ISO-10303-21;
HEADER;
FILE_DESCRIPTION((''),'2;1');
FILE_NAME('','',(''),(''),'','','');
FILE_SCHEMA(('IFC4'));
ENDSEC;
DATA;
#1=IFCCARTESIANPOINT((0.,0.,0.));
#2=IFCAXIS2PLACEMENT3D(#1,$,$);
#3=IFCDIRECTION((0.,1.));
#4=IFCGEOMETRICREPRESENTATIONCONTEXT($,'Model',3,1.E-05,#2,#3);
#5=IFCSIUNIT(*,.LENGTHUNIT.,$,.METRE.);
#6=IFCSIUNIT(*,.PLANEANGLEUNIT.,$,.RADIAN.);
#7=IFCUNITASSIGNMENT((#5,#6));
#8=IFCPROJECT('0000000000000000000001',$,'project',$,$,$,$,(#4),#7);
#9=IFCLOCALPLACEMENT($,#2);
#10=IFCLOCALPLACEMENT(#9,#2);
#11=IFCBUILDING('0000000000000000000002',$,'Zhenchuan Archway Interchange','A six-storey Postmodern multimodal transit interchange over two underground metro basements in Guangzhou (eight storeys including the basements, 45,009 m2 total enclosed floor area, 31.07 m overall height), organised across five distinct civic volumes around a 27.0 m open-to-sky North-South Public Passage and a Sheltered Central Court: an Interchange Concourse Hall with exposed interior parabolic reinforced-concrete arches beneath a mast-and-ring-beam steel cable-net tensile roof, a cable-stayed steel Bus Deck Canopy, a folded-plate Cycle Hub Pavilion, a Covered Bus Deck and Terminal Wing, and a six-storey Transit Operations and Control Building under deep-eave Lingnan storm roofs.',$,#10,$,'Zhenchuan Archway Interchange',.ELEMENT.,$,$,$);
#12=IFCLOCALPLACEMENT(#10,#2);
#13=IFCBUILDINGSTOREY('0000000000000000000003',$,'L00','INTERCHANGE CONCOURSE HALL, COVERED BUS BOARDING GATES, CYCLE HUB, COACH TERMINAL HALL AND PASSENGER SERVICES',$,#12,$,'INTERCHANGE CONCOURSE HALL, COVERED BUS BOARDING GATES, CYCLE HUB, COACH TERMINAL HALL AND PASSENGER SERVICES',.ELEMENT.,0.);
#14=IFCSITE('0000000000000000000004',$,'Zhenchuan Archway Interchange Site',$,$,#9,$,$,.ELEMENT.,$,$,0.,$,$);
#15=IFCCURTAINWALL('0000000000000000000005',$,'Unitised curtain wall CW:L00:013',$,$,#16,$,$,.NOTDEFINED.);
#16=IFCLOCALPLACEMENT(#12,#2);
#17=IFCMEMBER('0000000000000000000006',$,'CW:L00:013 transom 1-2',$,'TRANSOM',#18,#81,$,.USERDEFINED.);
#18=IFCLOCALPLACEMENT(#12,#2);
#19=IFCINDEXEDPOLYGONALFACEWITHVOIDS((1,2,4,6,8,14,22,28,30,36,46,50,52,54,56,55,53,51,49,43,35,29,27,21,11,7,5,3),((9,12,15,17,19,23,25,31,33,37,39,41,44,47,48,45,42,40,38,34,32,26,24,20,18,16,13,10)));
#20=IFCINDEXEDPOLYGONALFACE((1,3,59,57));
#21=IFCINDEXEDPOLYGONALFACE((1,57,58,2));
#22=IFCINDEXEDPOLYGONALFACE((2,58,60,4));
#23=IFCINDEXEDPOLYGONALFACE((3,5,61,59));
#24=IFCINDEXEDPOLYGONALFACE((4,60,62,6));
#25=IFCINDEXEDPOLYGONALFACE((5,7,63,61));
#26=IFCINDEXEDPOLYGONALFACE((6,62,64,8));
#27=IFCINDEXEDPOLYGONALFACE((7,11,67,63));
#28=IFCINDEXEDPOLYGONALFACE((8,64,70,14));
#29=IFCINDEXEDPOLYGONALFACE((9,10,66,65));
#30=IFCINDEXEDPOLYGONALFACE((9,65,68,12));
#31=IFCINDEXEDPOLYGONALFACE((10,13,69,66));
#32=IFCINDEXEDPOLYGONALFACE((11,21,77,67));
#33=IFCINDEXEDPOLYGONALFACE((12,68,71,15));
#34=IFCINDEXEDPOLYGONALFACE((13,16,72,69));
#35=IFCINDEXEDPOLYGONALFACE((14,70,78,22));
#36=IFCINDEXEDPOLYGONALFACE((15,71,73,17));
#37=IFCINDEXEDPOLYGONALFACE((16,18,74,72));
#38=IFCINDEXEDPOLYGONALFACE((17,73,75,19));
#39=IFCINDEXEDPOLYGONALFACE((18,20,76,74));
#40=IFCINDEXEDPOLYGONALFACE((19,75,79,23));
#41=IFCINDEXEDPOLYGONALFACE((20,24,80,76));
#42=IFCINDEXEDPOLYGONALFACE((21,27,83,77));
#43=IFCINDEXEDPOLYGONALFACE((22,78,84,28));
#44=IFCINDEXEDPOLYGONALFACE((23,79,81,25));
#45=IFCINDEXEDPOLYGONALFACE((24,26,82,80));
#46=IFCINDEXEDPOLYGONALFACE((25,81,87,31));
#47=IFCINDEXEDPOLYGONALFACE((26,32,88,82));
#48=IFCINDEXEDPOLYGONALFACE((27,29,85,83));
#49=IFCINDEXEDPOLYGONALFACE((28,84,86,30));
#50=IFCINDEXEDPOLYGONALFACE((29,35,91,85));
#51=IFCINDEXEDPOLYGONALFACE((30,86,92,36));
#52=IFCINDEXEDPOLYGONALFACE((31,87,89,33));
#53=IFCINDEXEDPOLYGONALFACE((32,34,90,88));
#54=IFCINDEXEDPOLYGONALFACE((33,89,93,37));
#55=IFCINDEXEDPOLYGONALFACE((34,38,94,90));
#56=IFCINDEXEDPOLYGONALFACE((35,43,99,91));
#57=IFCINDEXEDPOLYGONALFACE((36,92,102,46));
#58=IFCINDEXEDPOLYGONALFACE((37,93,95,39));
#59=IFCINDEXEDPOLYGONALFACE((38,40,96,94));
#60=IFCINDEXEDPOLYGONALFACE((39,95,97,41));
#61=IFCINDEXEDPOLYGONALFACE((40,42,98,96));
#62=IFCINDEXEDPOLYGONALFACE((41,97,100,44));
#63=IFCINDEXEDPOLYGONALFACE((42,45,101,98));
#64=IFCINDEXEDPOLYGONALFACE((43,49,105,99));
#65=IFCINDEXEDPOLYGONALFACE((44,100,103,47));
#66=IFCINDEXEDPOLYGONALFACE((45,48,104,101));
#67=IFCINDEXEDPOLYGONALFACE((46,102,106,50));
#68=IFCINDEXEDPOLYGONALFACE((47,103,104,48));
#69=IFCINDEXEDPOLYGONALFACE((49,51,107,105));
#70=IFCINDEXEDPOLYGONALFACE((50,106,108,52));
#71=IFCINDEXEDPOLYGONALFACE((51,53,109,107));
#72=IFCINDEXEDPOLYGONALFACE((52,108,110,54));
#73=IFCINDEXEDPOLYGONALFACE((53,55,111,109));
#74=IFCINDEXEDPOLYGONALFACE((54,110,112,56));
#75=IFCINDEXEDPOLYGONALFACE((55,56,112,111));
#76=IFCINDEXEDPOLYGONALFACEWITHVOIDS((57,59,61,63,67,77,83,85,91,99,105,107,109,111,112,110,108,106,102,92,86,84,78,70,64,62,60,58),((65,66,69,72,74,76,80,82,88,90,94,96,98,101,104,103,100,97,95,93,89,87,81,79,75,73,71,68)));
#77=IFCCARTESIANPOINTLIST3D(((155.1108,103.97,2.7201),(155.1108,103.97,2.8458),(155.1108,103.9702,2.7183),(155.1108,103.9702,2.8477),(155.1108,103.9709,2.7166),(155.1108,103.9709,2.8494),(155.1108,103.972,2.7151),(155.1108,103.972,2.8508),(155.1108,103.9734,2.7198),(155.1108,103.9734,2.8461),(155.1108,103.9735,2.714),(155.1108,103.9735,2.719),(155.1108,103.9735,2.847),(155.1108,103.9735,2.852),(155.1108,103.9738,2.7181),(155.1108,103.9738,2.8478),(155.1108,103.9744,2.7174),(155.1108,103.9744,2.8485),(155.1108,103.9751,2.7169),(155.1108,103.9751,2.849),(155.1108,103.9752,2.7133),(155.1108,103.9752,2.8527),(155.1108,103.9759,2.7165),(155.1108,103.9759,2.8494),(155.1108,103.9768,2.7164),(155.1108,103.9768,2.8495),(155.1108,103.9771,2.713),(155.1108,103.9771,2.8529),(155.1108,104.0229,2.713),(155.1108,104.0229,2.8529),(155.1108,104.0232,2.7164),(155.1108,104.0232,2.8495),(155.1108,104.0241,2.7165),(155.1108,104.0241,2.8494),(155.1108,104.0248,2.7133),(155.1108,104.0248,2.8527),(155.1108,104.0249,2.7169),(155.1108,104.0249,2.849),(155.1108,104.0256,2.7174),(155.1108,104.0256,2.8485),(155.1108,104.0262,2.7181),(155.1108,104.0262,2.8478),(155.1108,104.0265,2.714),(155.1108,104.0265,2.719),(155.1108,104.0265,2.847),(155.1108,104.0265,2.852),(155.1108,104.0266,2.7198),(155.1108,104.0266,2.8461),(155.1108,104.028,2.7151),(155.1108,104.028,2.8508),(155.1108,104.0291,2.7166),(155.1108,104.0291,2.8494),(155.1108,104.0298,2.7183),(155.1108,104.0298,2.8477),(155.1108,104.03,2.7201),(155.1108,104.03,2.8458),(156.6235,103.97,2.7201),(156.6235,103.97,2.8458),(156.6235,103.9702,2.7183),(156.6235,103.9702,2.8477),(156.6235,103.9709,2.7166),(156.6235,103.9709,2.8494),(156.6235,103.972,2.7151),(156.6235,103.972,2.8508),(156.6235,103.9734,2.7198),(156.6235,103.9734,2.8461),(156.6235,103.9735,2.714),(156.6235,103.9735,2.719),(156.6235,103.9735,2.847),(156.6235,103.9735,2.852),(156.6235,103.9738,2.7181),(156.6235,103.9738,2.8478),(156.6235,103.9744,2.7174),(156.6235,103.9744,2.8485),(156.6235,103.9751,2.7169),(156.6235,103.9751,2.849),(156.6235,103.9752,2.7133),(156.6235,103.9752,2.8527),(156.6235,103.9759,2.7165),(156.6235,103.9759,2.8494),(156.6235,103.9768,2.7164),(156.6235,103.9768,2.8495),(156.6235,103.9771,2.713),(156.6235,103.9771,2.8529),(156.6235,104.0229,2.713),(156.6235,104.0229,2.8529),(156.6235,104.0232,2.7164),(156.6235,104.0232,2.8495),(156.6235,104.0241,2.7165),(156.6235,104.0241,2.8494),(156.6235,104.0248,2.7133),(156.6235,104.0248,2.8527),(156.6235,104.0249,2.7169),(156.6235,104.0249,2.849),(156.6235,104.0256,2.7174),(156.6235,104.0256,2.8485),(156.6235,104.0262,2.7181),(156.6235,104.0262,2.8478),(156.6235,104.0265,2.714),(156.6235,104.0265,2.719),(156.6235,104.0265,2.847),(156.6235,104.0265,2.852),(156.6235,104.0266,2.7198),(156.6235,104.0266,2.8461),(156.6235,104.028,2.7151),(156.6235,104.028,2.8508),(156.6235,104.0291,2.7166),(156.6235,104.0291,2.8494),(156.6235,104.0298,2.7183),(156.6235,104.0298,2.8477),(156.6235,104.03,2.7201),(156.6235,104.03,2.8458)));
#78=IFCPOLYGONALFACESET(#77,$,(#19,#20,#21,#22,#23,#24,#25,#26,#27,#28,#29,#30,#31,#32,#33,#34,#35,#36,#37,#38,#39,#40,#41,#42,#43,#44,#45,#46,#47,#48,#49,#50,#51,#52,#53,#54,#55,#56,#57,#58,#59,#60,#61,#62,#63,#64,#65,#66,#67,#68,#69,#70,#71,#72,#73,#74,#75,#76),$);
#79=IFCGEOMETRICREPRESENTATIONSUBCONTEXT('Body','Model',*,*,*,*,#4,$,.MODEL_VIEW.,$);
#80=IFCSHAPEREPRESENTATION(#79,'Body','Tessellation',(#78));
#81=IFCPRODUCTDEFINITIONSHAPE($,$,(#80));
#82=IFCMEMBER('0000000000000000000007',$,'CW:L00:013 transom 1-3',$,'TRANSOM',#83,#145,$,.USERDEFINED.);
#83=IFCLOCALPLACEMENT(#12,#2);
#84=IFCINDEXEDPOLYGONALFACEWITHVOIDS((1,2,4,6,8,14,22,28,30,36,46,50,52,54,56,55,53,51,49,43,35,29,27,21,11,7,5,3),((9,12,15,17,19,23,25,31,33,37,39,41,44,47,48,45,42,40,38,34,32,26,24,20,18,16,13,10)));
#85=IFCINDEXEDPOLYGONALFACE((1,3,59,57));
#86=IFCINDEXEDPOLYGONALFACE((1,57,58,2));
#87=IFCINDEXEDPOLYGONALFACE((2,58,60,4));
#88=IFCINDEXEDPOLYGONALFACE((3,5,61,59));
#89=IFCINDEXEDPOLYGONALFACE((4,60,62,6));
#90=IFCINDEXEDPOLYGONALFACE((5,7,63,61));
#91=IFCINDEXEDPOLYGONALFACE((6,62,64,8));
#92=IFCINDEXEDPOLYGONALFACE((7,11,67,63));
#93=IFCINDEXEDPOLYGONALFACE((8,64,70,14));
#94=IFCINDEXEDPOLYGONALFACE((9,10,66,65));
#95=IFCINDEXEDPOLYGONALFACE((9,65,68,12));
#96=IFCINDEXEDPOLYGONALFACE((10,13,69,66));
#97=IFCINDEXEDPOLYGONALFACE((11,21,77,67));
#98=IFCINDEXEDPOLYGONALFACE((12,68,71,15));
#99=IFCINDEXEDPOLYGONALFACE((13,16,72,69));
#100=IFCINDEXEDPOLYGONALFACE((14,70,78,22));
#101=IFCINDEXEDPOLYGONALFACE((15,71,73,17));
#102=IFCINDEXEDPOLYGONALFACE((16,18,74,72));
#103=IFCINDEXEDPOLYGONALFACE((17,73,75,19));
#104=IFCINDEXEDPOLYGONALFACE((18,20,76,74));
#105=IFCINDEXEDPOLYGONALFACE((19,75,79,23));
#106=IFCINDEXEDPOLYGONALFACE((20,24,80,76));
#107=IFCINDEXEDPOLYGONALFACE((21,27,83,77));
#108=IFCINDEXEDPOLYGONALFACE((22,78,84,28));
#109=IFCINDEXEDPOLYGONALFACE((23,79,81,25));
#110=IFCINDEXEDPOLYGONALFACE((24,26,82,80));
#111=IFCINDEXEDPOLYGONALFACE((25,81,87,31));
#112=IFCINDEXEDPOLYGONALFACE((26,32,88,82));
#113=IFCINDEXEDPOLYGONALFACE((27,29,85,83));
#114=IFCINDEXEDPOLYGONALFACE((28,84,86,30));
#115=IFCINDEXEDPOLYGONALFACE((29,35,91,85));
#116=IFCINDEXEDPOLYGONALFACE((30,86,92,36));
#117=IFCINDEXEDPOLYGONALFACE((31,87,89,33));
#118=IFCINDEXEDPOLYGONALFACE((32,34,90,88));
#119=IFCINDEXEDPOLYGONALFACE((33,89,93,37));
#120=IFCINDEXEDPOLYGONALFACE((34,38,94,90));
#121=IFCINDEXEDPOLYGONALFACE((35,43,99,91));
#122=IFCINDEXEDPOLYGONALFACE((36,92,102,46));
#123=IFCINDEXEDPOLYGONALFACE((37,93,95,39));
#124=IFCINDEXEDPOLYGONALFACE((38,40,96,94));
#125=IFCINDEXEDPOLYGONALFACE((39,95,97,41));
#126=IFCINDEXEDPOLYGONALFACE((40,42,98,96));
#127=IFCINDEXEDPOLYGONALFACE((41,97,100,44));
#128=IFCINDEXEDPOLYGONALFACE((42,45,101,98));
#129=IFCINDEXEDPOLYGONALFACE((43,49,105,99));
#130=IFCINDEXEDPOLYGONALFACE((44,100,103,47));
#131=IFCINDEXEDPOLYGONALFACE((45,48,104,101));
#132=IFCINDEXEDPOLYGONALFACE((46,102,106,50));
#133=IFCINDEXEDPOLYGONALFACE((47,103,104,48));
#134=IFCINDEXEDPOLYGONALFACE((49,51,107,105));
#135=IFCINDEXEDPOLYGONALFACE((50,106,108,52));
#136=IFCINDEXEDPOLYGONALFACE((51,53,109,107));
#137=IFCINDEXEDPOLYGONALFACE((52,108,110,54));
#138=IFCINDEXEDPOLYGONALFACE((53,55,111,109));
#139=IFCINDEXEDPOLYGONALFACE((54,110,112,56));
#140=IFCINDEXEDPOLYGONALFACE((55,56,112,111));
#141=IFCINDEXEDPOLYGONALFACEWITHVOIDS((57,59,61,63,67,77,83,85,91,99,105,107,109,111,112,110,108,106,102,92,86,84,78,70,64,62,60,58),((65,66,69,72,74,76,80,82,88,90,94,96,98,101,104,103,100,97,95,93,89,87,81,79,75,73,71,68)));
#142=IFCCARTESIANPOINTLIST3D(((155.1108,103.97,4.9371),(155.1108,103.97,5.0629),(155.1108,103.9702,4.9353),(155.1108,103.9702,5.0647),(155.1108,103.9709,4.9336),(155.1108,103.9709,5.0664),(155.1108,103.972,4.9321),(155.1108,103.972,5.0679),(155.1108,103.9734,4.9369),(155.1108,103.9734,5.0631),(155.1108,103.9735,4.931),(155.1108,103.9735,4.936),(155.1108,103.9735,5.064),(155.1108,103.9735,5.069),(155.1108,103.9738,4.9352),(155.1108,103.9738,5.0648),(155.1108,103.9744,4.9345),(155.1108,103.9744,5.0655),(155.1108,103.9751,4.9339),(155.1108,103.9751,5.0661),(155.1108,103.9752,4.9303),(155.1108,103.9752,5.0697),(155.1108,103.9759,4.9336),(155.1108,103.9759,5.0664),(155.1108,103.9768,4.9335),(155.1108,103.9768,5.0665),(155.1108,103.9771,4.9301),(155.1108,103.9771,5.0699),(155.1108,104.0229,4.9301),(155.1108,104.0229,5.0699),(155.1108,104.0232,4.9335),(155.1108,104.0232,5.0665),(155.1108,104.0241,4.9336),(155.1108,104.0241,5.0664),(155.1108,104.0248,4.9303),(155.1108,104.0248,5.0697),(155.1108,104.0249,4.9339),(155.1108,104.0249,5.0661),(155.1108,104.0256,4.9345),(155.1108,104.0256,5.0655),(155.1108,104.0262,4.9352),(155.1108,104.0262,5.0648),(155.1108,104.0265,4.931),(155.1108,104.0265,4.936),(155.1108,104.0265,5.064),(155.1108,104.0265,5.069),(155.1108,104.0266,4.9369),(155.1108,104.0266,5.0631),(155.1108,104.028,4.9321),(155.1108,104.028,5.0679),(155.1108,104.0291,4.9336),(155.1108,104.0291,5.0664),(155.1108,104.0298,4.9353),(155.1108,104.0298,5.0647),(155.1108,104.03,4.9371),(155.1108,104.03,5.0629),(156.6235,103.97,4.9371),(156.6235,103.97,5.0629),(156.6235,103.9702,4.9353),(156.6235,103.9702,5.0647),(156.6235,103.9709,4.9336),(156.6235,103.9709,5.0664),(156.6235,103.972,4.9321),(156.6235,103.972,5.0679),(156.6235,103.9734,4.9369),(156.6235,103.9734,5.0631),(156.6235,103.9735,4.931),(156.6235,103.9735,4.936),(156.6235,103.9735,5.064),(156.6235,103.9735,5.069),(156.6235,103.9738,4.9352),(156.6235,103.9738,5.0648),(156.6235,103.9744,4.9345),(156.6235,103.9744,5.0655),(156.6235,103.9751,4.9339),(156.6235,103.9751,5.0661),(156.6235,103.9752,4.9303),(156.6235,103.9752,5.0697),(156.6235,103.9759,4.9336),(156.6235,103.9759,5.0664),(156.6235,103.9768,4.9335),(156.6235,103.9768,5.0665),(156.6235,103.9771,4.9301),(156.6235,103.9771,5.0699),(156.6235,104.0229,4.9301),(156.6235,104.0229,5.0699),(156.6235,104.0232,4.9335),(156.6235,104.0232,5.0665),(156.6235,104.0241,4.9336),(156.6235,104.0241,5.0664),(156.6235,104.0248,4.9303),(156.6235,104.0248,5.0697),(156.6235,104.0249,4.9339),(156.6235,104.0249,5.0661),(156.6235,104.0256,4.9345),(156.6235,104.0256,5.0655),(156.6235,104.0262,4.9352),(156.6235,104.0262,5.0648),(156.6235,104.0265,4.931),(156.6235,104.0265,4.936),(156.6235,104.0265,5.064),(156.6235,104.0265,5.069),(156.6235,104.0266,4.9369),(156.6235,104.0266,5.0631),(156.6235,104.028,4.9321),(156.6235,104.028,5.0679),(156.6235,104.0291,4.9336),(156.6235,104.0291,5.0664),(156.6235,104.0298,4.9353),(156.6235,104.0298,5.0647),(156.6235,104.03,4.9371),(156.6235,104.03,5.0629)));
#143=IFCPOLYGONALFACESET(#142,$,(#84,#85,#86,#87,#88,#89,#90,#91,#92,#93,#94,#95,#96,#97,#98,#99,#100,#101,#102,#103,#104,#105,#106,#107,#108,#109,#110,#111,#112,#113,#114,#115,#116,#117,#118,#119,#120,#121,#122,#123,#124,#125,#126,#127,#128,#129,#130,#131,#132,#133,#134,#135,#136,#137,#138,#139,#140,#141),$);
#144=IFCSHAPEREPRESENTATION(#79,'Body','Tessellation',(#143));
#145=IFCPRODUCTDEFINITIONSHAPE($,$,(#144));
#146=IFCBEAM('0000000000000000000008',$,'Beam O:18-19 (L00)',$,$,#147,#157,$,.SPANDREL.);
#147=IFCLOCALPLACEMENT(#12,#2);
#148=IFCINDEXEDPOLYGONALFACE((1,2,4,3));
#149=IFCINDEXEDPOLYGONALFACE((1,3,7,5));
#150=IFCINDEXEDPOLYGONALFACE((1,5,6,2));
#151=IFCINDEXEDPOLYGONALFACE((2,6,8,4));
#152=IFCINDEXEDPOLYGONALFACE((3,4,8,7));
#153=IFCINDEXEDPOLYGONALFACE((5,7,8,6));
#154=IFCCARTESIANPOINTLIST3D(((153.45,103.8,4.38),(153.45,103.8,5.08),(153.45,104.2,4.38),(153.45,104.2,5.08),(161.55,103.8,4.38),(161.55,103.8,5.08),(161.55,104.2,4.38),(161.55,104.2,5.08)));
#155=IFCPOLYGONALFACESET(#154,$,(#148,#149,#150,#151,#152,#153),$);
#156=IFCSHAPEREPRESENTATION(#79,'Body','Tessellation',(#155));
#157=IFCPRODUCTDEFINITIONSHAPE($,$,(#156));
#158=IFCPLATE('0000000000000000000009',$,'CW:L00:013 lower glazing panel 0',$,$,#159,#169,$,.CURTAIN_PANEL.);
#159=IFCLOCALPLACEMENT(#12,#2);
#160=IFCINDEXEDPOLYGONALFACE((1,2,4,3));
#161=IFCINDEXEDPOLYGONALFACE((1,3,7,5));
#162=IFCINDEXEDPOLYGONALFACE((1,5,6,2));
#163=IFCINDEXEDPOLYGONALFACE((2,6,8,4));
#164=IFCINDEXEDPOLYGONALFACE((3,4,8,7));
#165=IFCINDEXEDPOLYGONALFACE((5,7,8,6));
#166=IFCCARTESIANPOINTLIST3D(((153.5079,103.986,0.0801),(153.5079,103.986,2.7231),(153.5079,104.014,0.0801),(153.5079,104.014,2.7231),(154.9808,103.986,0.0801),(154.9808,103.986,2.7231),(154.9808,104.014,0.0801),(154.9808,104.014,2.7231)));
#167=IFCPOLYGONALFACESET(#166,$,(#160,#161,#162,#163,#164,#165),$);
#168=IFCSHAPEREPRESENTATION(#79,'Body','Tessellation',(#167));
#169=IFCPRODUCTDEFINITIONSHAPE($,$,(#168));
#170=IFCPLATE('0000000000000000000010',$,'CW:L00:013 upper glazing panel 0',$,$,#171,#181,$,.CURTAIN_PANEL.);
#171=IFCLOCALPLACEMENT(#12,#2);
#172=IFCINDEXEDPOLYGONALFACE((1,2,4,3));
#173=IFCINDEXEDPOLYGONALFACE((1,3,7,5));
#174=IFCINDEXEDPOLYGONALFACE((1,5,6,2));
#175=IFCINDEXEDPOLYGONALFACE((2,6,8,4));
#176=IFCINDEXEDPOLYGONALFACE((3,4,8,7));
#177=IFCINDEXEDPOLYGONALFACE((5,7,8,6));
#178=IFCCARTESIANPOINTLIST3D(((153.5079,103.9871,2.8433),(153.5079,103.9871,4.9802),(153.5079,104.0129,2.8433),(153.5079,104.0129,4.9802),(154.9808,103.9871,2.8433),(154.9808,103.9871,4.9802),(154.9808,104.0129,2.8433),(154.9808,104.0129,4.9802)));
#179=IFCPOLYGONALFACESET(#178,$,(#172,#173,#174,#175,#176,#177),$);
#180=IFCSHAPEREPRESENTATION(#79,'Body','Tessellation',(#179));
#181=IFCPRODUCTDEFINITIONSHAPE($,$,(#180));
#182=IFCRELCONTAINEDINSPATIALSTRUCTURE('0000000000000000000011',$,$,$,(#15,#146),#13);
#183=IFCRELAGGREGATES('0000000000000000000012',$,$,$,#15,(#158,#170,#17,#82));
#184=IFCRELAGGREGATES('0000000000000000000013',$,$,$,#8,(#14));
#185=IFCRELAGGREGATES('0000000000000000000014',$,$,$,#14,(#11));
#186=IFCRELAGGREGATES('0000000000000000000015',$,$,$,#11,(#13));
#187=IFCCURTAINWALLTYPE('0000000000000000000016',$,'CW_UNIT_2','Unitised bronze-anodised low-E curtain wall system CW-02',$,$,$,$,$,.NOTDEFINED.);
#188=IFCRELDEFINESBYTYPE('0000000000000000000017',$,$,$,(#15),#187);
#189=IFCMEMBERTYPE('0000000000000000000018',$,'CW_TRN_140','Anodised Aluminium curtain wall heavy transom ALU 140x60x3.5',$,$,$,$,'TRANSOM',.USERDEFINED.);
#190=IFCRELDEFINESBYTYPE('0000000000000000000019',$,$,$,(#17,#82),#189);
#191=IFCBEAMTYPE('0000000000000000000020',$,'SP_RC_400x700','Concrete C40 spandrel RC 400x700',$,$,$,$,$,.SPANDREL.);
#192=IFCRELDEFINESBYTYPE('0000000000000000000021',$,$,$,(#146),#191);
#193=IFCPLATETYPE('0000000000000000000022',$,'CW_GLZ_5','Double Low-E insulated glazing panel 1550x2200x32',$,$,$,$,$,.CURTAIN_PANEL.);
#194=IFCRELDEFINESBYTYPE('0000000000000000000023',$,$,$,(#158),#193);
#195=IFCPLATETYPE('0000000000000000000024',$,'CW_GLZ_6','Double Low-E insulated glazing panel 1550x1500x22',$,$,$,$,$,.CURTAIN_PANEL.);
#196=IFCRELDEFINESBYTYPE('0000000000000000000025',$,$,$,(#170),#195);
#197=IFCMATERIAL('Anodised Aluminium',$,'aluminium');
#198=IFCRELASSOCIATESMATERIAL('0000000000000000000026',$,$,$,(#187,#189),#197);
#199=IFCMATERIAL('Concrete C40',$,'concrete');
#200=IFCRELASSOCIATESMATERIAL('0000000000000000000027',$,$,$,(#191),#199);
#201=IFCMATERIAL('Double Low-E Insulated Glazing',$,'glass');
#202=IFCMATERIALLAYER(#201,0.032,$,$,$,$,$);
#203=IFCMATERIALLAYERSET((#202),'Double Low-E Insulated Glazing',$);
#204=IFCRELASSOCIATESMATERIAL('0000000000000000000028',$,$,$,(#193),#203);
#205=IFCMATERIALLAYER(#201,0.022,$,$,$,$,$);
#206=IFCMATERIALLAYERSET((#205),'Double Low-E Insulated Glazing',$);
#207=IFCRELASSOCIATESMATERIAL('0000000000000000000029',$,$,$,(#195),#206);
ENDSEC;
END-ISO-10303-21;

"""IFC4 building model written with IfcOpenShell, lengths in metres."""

from ifc_helpers import new_model, si_unit, direction, frame, origin, origin_2d, place, context, subcontext, project, spatial, rectangle, hollow_rectangle, extrude, material, layer, layer_set, material_profile, profile_set, type_object, element, aggregate, save


model = new_model("IFC4")

# Units and contexts
model_context = context("Model", 3, precision=1e-05, world=origin(), true_north=direction((0.0, 1.0)))
body_context = subcontext(model_context, "Body", "Model", "MODEL_VIEW")
ifc_project = project(units=[si_unit("LENGTHUNIT", "METRE"), si_unit("PLANEANGLEUNIT", "RADIAN")], contexts=[model_context])

# Site, building, storey
site_placement = place(None, origin())
site = spatial("IfcSite", under=ifc_project, at=site_placement, Name="Zhenchuan Archway Interchange Site", CompositionType="ELEMENT", RefElevation=0.0)
building_placement = place(site_placement, origin())
building = spatial("IfcBuilding", under=site, at=building_placement, Name="Zhenchuan Archway Interchange", Description="A six-storey Postmodern multimodal transit interchange over two underground metro basements in Guangzhou (eight storeys including the basements, 45,009 m2 total enclosed floor area, 31.07 m overall height), organised across five distinct civic volumes around a 27.0 m open-to-sky North-South Public Passage and a Sheltered Central Court: an Interchange Concourse Hall with exposed interior parabolic reinforced-concrete arches beneath a mast-and-ring-beam steel cable-net tensile roof, a cable-stayed steel Bus Deck Canopy, a folded-plate Cycle Hub Pavilion, a Covered Bus Deck and Terminal Wing, and a six-storey Transit Operations and Control Building under deep-eave Lingnan storm roofs.", LongName="Zhenchuan Archway Interchange", CompositionType="ELEMENT")
storey_placement = place(building_placement, origin())
storey = spatial("IfcBuildingStorey", under=building, at=storey_placement, Name="L00", Description="INTERCHANGE CONCOURSE HALL, COVERED BUS BOARDING GATES, CYCLE HUB, COACH TERMINAL HALL AND PASSENGER SERVICES", LongName="INTERCHANGE CONCOURSE HALL, COVERED BUS BOARDING GATES, CYCLE HUB, COACH TERMINAL HALL AND PASSENGER SERVICES", CompositionType="ELEMENT", Elevation=0.0)

# Shared definitions
ifc_material_1 = material(Name="Concrete C40", Category="concrete")

# Curtain wall, members
ifc_material_2 = material(Name="Anodised Aluminium", Category="aluminium")
curtain_wall_type = type_object("IfcCurtainWallType", Name="CW_UNIT_2", Description="Unitised bronze-anodised low-E curtain wall system CW-02", PredefinedType="NOTDEFINED", material=ifc_material_2)
curtain_wall_placement = place(storey_placement, origin())
curtain_wall = element("IfcCurtainWall", 1, at=curtain_wall_placement, inside=storey, type_object=curtain_wall_type, Name="Unitised curtain wall CW:L00:013", PredefinedType="NOTDEFINED")
ifc_material_profile_1 = material_profile(ifc_material_2, hollow_rectangle(XDim=0.0601, YDim=0.1399, WallThickness=0.0034, InnerFilletRadius=0.0034, OuterFilletRadius=0.0071, at=origin_2d()), Name="ALU 140x60x3.5")
ifc_profile_set_1 = profile_set([ifc_material_profile_1], Name="Anodised Aluminium")
member_type_1 = type_object("IfcMemberType", Name="CW_TRN_140", Description="Anodised Aluminium curtain wall heavy transom ALU 140x60x3.5", ElementType="TRANSOM", PredefinedType="USERDEFINED", material=ifc_profile_set_1)
member_1_placement = place(storey_placement, frame((155.1108, 104.0, 2.783), z_axis=(1.0, 0.0, 0.0), x_axis=(0.0, 1.0, 0.0)))
member_1 = element("IfcMember", 2, at=member_1_placement, type_object=member_type_1, Name="CW:L00:013 transom 1-2", ObjectType="TRANSOM", PredefinedType="USERDEFINED", context=body_context, shape_type="SweptSolid", body=[
    extrude(hollow_rectangle(XDim=0.0601, YDim=0.1399, WallThickness=0.0034, InnerFilletRadius=0.0034, OuterFilletRadius=0.0071, at=origin_2d()), origin(), (0.0, 0.0, 1.0), 1.5127),
])
member_2_placement = place(storey_placement, frame((155.1108, 104.0, 5.0), z_axis=(1.0, 0.0, 0.0), x_axis=(0.0, 1.0, 0.0)))
member_2 = element("IfcMember", 3, at=member_2_placement, type_object=member_type_1, Name="CW:L00:013 transom 1-3", ObjectType="TRANSOM", PredefinedType="USERDEFINED", context=body_context, shape_type="SweptSolid", body=[
    extrude(hollow_rectangle(XDim=0.0601, YDim=0.1399, WallThickness=0.0034, InnerFilletRadius=0.0034, OuterFilletRadius=0.0071, at=origin_2d()), origin(), (0.0, 0.0, 1.0), 1.5127),
])

# Beam
ifc_material_profile_2 = material_profile(ifc_material_1, rectangle(XDim=0.3999, YDim=0.7, at=origin_2d()), Name="RC 400x700")
ifc_profile_set_2 = profile_set([ifc_material_profile_2], Name="Concrete C40")
beam_type_1 = type_object("IfcBeamType", Name="SP_RC_400x700", Description="Concrete C40 spandrel RC 400x700", PredefinedType="SPANDREL", material=ifc_profile_set_2)
beam_1_placement = place(storey_placement, frame((153.45, 104.0, 4.73), z_axis=(1.0, 0.0, 0.0), x_axis=(0.0, 1.0, 0.0)))
element("IfcBeam", 4, at=beam_1_placement, inside=storey, type_object=beam_type_1, Name="Beam O:18-19 (L00)", PredefinedType="SPANDREL", context=body_context, shape_type="SweptSolid", body=[
    extrude(rectangle(XDim=0.3999, YDim=0.7, at=origin_2d()), origin(), (0.0, 0.0, 1.0), 8.1001),
])

# Plates
ifc_material_3 = material(Name="Double Low-E Insulated Glazing", Category="glass")
ifc_layer_1 = layer(ifc_material_3, 0.032)
ifc_layer_set_1 = layer_set([ifc_layer_1], Name="Double Low-E Insulated Glazing")
plate_type_1 = type_object("IfcPlateType", Name="CW_GLZ_5", Description="Double Low-E insulated glazing panel 1550x2200x32", PredefinedType="CURTAIN_PANEL", material=ifc_layer_set_1)
plate_1_placement = place(storey_placement, frame((154.2444, 104.0, 0.0801), z_axis=(0.0, 0.0, 1.0), x_axis=(1.0, 0.0, 0.0)))
plate_1 = element("IfcPlate", 5, at=plate_1_placement, type_object=plate_type_1, Name="CW:L00:013 lower glazing panel 0", PredefinedType="CURTAIN_PANEL", context=body_context, shape_type="SweptSolid", body=[
    extrude(rectangle(XDim=1.4729, YDim=0.0281, at=origin_2d()), origin(), (0.0, 0.0, 1.0), 2.6431),
])
ifc_layer_2 = layer(ifc_material_3, 0.022)
ifc_layer_set_2 = layer_set([ifc_layer_2], Name="Double Low-E Insulated Glazing")
plate_type_2 = type_object("IfcPlateType", Name="CW_GLZ_6", Description="Double Low-E insulated glazing panel 1550x1500x22", PredefinedType="CURTAIN_PANEL", material=ifc_layer_set_2)
plate_2_placement = place(storey_placement, frame((154.2444, 104.0, 2.8433), z_axis=(0.0, 0.0, 1.0), x_axis=(1.0, 0.0, 0.0)))
plate_2 = element("IfcPlate", 6, at=plate_2_placement, type_object=plate_type_2, Name="CW:L00:013 upper glazing panel 0", PredefinedType="CURTAIN_PANEL", context=body_context, shape_type="SweptSolid", body=[
    extrude(rectangle(XDim=1.4729, YDim=0.0259, at=origin_2d()), origin(), (0.0, 0.0, 1.0), 2.137),
])
aggregate(curtain_wall, [plate_1, plate_2, member_1, member_2])

save(model, "model.ifc")
